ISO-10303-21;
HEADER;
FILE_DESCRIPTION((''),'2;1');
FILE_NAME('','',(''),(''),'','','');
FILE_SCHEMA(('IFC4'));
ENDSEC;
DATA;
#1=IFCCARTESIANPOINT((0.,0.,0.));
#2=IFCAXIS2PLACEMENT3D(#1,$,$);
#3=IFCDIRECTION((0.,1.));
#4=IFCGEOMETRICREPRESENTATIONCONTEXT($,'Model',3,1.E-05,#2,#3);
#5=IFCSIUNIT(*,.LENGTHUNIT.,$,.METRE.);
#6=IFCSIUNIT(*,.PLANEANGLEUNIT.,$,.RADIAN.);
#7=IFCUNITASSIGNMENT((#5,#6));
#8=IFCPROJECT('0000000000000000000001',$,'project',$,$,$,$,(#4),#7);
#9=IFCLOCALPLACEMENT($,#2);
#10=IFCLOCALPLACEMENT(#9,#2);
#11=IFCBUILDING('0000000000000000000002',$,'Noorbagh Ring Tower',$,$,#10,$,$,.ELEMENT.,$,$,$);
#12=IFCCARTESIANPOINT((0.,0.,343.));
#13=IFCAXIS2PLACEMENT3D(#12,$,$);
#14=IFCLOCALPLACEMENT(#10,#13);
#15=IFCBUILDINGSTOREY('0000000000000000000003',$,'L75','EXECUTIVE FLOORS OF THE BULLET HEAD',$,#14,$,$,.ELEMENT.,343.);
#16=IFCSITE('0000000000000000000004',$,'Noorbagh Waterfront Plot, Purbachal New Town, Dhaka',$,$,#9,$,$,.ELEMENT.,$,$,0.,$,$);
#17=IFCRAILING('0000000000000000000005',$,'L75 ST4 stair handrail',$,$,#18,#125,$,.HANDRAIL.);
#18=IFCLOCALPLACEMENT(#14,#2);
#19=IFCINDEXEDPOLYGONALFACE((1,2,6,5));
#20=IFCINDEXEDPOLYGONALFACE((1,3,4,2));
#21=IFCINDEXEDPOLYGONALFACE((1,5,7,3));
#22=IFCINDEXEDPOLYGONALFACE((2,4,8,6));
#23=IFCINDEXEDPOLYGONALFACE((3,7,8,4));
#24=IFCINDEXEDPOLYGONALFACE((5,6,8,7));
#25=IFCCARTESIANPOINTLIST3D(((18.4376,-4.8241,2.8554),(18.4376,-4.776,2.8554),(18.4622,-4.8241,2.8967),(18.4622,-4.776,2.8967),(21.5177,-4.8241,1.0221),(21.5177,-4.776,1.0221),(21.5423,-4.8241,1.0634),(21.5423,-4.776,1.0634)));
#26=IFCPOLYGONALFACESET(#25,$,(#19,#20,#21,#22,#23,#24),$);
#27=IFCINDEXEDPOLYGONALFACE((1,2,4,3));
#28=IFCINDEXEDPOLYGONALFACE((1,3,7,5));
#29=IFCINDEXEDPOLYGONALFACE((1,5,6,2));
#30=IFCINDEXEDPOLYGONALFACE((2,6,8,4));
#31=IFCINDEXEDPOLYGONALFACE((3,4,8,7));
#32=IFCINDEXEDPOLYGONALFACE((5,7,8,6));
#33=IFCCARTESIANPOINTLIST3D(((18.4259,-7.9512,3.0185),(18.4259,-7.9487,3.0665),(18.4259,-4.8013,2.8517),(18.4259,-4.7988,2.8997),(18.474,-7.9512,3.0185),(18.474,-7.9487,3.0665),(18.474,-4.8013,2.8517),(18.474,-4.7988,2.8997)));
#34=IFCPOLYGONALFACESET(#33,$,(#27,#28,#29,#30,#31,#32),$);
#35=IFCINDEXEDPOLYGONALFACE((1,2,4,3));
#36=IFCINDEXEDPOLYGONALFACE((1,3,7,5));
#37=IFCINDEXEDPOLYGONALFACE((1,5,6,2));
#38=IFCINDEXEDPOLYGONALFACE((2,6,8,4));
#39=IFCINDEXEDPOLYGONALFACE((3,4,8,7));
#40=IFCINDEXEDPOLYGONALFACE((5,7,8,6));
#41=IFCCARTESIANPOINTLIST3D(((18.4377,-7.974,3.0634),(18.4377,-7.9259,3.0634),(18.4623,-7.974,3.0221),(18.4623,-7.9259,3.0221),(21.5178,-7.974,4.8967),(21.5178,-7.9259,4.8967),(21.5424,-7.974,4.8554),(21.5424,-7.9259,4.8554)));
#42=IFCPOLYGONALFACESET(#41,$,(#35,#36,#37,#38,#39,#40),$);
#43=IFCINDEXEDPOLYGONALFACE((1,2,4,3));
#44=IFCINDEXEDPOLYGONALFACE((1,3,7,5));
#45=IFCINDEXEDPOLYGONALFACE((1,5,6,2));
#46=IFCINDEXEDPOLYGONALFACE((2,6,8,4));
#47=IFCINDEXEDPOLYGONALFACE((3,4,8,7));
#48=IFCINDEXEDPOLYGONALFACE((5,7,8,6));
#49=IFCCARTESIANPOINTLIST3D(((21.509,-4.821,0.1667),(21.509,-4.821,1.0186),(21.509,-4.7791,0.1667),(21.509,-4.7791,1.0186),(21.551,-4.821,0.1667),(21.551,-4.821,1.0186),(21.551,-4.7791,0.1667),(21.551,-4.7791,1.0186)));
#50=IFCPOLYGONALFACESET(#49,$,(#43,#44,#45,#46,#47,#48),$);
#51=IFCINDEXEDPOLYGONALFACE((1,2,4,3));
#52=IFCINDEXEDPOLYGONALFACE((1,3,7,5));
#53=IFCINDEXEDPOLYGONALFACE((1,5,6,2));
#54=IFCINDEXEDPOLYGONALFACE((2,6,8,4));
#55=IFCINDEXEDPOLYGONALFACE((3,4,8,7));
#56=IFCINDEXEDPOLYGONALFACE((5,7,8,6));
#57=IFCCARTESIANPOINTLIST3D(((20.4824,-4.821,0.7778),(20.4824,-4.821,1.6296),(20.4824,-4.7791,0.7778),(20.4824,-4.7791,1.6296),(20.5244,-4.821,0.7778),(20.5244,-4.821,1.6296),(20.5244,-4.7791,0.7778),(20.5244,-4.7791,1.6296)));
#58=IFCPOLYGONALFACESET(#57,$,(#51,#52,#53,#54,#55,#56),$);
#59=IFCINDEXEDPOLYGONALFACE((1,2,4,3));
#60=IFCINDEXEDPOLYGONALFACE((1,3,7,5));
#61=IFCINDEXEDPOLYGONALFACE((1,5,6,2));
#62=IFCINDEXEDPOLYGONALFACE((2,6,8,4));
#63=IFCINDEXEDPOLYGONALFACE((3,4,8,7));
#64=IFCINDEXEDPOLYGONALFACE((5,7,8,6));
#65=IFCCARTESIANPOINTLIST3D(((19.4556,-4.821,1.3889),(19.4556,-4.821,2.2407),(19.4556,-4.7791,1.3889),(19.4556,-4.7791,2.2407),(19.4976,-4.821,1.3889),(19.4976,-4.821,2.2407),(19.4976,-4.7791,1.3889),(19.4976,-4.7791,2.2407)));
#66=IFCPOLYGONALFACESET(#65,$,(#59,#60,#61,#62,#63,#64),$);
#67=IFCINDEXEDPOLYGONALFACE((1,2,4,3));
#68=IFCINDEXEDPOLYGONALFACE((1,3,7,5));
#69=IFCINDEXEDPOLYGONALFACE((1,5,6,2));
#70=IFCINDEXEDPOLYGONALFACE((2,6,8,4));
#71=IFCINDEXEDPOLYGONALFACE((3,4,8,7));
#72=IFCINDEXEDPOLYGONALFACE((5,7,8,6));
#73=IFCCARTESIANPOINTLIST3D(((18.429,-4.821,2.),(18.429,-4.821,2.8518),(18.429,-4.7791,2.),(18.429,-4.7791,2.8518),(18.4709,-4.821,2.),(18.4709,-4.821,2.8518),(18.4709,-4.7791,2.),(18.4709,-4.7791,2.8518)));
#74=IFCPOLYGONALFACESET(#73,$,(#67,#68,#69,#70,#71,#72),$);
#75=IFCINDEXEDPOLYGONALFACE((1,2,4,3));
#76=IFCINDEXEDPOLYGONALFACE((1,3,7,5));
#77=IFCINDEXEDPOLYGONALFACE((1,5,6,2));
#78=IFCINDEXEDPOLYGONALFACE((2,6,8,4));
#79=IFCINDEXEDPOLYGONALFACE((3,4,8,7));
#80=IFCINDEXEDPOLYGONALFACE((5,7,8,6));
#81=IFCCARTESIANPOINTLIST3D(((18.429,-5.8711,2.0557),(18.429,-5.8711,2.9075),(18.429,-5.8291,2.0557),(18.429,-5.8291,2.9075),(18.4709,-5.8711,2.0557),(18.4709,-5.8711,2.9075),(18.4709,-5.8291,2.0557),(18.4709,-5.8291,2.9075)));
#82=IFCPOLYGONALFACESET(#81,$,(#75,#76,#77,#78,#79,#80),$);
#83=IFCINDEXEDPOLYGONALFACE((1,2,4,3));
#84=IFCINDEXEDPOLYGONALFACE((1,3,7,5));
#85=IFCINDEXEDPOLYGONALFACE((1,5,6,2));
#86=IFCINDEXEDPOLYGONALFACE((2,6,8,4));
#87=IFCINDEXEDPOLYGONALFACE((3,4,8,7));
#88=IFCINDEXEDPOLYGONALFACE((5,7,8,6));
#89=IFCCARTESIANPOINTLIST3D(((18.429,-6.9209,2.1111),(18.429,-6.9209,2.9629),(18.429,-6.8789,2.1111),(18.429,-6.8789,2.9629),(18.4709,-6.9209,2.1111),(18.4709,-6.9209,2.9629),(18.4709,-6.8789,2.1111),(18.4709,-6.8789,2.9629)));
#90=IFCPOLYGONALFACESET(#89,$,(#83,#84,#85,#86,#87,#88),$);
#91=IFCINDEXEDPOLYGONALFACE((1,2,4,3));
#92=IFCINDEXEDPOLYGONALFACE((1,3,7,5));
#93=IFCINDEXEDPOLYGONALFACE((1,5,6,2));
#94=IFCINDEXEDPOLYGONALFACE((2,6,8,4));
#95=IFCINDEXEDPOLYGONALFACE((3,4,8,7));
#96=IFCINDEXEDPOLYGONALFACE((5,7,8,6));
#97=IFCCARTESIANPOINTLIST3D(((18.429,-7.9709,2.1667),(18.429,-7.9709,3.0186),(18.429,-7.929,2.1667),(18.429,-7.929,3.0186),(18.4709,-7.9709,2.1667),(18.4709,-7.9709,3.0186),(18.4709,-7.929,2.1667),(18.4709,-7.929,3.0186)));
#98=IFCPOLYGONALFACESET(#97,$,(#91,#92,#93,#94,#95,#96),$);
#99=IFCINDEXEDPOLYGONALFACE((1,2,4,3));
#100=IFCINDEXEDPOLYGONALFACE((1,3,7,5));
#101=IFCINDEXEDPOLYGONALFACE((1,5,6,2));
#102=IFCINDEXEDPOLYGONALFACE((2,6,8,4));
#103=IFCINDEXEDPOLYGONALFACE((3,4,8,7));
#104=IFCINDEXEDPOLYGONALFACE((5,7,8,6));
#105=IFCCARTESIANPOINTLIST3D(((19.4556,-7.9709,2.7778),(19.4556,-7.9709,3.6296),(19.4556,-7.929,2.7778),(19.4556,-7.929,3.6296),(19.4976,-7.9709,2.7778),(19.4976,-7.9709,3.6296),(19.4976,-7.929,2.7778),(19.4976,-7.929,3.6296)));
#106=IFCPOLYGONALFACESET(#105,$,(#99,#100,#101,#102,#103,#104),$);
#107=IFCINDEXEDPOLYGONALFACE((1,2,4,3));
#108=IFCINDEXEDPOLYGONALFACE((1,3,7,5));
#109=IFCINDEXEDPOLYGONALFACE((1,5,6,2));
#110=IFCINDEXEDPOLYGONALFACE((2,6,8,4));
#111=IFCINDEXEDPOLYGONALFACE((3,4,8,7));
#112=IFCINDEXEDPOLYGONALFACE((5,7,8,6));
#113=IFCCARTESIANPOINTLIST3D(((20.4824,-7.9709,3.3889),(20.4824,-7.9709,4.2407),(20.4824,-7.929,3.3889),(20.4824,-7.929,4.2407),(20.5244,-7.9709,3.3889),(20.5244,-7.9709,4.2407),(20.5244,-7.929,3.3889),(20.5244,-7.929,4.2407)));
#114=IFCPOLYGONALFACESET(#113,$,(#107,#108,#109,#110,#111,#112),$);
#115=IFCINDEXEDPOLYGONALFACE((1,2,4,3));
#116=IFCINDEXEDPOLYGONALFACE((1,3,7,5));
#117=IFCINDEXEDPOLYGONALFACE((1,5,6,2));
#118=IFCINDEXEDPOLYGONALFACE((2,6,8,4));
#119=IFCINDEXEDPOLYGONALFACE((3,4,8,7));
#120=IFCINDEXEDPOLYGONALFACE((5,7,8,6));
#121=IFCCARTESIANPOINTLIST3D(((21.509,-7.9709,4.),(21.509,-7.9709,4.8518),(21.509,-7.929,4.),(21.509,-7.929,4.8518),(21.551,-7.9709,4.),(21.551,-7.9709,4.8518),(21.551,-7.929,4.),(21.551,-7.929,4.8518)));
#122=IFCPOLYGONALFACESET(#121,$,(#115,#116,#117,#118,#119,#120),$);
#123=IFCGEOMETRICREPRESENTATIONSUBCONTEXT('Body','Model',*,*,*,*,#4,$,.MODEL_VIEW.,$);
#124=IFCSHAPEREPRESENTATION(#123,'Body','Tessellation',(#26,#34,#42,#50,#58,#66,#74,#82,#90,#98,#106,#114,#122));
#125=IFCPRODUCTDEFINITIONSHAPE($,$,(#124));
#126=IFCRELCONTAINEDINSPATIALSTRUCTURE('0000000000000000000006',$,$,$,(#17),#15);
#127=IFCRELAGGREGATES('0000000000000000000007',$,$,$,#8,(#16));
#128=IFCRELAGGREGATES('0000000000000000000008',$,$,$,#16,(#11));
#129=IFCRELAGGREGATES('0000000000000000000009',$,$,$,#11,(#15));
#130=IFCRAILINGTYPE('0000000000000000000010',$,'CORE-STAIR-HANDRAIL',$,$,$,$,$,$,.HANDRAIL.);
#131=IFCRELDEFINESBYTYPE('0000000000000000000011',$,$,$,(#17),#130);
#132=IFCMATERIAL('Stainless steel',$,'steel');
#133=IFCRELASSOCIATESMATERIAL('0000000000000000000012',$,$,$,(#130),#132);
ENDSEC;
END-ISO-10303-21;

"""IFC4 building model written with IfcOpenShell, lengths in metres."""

from ifc_helpers import new_model, si_unit, direction, frame, origin, origin_2d, place, context, subcontext, project, spatial, rectangle, extrude, material, type_object, element, save


model = new_model("IFC4")

# Units and contexts
model_context = context("Model", 3, precision=1e-05, world=origin(), true_north=direction((0.0, 1.0)))
body_context = subcontext(model_context, "Body", "Model", "MODEL_VIEW")
ifc_project = project(units=[si_unit("LENGTHUNIT", "METRE"), si_unit("PLANEANGLEUNIT", "RADIAN")], contexts=[model_context])

# Site, building, storey
site_placement = place(None, origin())
site = spatial("IfcSite", under=ifc_project, at=site_placement, Name="Noorbagh Waterfront Plot, Purbachal New Town, Dhaka", CompositionType="ELEMENT", RefElevation=0.0)
building_placement = place(site_placement, origin())
building = spatial("IfcBuilding", under=site, at=building_placement, Name="Noorbagh Ring Tower", CompositionType="ELEMENT")
storey_placement = place(building_placement, frame((0.0, 0.0, 343.0)))
storey = spatial("IfcBuildingStorey", under=building, at=storey_placement, Name="L75", Description="EXECUTIVE FLOORS OF THE BULLET HEAD", CompositionType="ELEMENT", Elevation=343.0)

# Railing
ifc_material_1 = material(Name="Stainless steel", Category="steel")
railing_type_1 = type_object("IfcRailingType", Name="CORE-STAIR-HANDRAIL", PredefinedType="HANDRAIL", material=ifc_material_1)
railing_1_placement = place(storey_placement, frame((21.53, -4.8, 0.1667)))
element("IfcRailing", 1, at=railing_1_placement, inside=storey, type_object=railing_type_1, Name="L75 ST4 stair handrail", PredefinedType="HANDRAIL", context=body_context, shape_type="SweptSolid", body=[
    extrude(rectangle(XDim=0.0481, YDim=0.0481, at=origin_2d()), frame((0.0, 0.0, 0.876), z_axis=(-0.859309, 0.0, 0.511458), x_axis=(0.0, -1.0, 0.0)), (0.0, 0.0, 1.0), 3.5845),
    extrude(rectangle(XDim=0.0481, YDim=0.0481, at=origin_2d()), frame((-3.0801, 0.0, 2.709), z_axis=(0.0, -0.998602, 0.052864), x_axis=(1.0, 0.0, 0.0)), (0.0, 0.0, 1.0), 3.1543),
    extrude(rectangle(XDim=0.0481, YDim=0.0481, at=origin_2d()), frame((-3.0801, -3.1499, 2.876), z_axis=(0.859309, 0.0, 0.511458), x_axis=(0.0, 1.0, 0.0)), (0.0, 0.0, 1.0), 3.5845),
    extrude(rectangle(XDim=0.042, YDim=0.042, at=origin_2d()), origin(), (0.0, 0.0, 1.0), 0.8518),
    extrude(rectangle(XDim=0.042, YDim=0.042, at=origin_2d()), frame((-1.0266, 0.0, 0.6111)), (0.0, 0.0, 1.0), 0.8518),
    extrude(rectangle(XDim=0.042, YDim=0.042, at=origin_2d()), frame((-2.0535, 0.0, 1.2222)), (0.0, 0.0, 1.0), 0.8518),
    extrude(rectangle(XDim=0.042, YDim=0.042, at=origin_2d()), frame((-3.0801, 0.0, 1.8333)), (0.0, 0.0, 1.0), 0.8518),
    extrude(rectangle(XDim=0.042, YDim=0.042, at=origin_2d()), frame((-3.0801, -1.05, 1.8889)), (0.0, 0.0, 1.0), 0.8518),
    extrude(rectangle(XDim=0.042, YDim=0.042, at=origin_2d()), frame((-3.0801, -2.0999, 1.9443)), (0.0, 0.0, 1.0), 0.8518),
    extrude(rectangle(XDim=0.042, YDim=0.042, at=origin_2d()), frame((-3.0801, -3.1499, 2.0)), (0.0, 0.0, 1.0), 0.8518),
    extrude(rectangle(XDim=0.042, YDim=0.042, at=origin_2d()), frame((-2.0535, -3.1499, 2.6111)), (0.0, 0.0, 1.0), 0.8518),
    extrude(rectangle(XDim=0.042, YDim=0.042, at=origin_2d()), frame((-1.0266, -3.1499, 3.2222)), (0.0, 0.0, 1.0), 0.8518),
    extrude(rectangle(XDim=0.042, YDim=0.042, at=origin_2d()), frame((0.0, -3.1499, 3.8333)), (0.0, 0.0, 1.0), 0.8518),
])

save(model, "model.ifc")
